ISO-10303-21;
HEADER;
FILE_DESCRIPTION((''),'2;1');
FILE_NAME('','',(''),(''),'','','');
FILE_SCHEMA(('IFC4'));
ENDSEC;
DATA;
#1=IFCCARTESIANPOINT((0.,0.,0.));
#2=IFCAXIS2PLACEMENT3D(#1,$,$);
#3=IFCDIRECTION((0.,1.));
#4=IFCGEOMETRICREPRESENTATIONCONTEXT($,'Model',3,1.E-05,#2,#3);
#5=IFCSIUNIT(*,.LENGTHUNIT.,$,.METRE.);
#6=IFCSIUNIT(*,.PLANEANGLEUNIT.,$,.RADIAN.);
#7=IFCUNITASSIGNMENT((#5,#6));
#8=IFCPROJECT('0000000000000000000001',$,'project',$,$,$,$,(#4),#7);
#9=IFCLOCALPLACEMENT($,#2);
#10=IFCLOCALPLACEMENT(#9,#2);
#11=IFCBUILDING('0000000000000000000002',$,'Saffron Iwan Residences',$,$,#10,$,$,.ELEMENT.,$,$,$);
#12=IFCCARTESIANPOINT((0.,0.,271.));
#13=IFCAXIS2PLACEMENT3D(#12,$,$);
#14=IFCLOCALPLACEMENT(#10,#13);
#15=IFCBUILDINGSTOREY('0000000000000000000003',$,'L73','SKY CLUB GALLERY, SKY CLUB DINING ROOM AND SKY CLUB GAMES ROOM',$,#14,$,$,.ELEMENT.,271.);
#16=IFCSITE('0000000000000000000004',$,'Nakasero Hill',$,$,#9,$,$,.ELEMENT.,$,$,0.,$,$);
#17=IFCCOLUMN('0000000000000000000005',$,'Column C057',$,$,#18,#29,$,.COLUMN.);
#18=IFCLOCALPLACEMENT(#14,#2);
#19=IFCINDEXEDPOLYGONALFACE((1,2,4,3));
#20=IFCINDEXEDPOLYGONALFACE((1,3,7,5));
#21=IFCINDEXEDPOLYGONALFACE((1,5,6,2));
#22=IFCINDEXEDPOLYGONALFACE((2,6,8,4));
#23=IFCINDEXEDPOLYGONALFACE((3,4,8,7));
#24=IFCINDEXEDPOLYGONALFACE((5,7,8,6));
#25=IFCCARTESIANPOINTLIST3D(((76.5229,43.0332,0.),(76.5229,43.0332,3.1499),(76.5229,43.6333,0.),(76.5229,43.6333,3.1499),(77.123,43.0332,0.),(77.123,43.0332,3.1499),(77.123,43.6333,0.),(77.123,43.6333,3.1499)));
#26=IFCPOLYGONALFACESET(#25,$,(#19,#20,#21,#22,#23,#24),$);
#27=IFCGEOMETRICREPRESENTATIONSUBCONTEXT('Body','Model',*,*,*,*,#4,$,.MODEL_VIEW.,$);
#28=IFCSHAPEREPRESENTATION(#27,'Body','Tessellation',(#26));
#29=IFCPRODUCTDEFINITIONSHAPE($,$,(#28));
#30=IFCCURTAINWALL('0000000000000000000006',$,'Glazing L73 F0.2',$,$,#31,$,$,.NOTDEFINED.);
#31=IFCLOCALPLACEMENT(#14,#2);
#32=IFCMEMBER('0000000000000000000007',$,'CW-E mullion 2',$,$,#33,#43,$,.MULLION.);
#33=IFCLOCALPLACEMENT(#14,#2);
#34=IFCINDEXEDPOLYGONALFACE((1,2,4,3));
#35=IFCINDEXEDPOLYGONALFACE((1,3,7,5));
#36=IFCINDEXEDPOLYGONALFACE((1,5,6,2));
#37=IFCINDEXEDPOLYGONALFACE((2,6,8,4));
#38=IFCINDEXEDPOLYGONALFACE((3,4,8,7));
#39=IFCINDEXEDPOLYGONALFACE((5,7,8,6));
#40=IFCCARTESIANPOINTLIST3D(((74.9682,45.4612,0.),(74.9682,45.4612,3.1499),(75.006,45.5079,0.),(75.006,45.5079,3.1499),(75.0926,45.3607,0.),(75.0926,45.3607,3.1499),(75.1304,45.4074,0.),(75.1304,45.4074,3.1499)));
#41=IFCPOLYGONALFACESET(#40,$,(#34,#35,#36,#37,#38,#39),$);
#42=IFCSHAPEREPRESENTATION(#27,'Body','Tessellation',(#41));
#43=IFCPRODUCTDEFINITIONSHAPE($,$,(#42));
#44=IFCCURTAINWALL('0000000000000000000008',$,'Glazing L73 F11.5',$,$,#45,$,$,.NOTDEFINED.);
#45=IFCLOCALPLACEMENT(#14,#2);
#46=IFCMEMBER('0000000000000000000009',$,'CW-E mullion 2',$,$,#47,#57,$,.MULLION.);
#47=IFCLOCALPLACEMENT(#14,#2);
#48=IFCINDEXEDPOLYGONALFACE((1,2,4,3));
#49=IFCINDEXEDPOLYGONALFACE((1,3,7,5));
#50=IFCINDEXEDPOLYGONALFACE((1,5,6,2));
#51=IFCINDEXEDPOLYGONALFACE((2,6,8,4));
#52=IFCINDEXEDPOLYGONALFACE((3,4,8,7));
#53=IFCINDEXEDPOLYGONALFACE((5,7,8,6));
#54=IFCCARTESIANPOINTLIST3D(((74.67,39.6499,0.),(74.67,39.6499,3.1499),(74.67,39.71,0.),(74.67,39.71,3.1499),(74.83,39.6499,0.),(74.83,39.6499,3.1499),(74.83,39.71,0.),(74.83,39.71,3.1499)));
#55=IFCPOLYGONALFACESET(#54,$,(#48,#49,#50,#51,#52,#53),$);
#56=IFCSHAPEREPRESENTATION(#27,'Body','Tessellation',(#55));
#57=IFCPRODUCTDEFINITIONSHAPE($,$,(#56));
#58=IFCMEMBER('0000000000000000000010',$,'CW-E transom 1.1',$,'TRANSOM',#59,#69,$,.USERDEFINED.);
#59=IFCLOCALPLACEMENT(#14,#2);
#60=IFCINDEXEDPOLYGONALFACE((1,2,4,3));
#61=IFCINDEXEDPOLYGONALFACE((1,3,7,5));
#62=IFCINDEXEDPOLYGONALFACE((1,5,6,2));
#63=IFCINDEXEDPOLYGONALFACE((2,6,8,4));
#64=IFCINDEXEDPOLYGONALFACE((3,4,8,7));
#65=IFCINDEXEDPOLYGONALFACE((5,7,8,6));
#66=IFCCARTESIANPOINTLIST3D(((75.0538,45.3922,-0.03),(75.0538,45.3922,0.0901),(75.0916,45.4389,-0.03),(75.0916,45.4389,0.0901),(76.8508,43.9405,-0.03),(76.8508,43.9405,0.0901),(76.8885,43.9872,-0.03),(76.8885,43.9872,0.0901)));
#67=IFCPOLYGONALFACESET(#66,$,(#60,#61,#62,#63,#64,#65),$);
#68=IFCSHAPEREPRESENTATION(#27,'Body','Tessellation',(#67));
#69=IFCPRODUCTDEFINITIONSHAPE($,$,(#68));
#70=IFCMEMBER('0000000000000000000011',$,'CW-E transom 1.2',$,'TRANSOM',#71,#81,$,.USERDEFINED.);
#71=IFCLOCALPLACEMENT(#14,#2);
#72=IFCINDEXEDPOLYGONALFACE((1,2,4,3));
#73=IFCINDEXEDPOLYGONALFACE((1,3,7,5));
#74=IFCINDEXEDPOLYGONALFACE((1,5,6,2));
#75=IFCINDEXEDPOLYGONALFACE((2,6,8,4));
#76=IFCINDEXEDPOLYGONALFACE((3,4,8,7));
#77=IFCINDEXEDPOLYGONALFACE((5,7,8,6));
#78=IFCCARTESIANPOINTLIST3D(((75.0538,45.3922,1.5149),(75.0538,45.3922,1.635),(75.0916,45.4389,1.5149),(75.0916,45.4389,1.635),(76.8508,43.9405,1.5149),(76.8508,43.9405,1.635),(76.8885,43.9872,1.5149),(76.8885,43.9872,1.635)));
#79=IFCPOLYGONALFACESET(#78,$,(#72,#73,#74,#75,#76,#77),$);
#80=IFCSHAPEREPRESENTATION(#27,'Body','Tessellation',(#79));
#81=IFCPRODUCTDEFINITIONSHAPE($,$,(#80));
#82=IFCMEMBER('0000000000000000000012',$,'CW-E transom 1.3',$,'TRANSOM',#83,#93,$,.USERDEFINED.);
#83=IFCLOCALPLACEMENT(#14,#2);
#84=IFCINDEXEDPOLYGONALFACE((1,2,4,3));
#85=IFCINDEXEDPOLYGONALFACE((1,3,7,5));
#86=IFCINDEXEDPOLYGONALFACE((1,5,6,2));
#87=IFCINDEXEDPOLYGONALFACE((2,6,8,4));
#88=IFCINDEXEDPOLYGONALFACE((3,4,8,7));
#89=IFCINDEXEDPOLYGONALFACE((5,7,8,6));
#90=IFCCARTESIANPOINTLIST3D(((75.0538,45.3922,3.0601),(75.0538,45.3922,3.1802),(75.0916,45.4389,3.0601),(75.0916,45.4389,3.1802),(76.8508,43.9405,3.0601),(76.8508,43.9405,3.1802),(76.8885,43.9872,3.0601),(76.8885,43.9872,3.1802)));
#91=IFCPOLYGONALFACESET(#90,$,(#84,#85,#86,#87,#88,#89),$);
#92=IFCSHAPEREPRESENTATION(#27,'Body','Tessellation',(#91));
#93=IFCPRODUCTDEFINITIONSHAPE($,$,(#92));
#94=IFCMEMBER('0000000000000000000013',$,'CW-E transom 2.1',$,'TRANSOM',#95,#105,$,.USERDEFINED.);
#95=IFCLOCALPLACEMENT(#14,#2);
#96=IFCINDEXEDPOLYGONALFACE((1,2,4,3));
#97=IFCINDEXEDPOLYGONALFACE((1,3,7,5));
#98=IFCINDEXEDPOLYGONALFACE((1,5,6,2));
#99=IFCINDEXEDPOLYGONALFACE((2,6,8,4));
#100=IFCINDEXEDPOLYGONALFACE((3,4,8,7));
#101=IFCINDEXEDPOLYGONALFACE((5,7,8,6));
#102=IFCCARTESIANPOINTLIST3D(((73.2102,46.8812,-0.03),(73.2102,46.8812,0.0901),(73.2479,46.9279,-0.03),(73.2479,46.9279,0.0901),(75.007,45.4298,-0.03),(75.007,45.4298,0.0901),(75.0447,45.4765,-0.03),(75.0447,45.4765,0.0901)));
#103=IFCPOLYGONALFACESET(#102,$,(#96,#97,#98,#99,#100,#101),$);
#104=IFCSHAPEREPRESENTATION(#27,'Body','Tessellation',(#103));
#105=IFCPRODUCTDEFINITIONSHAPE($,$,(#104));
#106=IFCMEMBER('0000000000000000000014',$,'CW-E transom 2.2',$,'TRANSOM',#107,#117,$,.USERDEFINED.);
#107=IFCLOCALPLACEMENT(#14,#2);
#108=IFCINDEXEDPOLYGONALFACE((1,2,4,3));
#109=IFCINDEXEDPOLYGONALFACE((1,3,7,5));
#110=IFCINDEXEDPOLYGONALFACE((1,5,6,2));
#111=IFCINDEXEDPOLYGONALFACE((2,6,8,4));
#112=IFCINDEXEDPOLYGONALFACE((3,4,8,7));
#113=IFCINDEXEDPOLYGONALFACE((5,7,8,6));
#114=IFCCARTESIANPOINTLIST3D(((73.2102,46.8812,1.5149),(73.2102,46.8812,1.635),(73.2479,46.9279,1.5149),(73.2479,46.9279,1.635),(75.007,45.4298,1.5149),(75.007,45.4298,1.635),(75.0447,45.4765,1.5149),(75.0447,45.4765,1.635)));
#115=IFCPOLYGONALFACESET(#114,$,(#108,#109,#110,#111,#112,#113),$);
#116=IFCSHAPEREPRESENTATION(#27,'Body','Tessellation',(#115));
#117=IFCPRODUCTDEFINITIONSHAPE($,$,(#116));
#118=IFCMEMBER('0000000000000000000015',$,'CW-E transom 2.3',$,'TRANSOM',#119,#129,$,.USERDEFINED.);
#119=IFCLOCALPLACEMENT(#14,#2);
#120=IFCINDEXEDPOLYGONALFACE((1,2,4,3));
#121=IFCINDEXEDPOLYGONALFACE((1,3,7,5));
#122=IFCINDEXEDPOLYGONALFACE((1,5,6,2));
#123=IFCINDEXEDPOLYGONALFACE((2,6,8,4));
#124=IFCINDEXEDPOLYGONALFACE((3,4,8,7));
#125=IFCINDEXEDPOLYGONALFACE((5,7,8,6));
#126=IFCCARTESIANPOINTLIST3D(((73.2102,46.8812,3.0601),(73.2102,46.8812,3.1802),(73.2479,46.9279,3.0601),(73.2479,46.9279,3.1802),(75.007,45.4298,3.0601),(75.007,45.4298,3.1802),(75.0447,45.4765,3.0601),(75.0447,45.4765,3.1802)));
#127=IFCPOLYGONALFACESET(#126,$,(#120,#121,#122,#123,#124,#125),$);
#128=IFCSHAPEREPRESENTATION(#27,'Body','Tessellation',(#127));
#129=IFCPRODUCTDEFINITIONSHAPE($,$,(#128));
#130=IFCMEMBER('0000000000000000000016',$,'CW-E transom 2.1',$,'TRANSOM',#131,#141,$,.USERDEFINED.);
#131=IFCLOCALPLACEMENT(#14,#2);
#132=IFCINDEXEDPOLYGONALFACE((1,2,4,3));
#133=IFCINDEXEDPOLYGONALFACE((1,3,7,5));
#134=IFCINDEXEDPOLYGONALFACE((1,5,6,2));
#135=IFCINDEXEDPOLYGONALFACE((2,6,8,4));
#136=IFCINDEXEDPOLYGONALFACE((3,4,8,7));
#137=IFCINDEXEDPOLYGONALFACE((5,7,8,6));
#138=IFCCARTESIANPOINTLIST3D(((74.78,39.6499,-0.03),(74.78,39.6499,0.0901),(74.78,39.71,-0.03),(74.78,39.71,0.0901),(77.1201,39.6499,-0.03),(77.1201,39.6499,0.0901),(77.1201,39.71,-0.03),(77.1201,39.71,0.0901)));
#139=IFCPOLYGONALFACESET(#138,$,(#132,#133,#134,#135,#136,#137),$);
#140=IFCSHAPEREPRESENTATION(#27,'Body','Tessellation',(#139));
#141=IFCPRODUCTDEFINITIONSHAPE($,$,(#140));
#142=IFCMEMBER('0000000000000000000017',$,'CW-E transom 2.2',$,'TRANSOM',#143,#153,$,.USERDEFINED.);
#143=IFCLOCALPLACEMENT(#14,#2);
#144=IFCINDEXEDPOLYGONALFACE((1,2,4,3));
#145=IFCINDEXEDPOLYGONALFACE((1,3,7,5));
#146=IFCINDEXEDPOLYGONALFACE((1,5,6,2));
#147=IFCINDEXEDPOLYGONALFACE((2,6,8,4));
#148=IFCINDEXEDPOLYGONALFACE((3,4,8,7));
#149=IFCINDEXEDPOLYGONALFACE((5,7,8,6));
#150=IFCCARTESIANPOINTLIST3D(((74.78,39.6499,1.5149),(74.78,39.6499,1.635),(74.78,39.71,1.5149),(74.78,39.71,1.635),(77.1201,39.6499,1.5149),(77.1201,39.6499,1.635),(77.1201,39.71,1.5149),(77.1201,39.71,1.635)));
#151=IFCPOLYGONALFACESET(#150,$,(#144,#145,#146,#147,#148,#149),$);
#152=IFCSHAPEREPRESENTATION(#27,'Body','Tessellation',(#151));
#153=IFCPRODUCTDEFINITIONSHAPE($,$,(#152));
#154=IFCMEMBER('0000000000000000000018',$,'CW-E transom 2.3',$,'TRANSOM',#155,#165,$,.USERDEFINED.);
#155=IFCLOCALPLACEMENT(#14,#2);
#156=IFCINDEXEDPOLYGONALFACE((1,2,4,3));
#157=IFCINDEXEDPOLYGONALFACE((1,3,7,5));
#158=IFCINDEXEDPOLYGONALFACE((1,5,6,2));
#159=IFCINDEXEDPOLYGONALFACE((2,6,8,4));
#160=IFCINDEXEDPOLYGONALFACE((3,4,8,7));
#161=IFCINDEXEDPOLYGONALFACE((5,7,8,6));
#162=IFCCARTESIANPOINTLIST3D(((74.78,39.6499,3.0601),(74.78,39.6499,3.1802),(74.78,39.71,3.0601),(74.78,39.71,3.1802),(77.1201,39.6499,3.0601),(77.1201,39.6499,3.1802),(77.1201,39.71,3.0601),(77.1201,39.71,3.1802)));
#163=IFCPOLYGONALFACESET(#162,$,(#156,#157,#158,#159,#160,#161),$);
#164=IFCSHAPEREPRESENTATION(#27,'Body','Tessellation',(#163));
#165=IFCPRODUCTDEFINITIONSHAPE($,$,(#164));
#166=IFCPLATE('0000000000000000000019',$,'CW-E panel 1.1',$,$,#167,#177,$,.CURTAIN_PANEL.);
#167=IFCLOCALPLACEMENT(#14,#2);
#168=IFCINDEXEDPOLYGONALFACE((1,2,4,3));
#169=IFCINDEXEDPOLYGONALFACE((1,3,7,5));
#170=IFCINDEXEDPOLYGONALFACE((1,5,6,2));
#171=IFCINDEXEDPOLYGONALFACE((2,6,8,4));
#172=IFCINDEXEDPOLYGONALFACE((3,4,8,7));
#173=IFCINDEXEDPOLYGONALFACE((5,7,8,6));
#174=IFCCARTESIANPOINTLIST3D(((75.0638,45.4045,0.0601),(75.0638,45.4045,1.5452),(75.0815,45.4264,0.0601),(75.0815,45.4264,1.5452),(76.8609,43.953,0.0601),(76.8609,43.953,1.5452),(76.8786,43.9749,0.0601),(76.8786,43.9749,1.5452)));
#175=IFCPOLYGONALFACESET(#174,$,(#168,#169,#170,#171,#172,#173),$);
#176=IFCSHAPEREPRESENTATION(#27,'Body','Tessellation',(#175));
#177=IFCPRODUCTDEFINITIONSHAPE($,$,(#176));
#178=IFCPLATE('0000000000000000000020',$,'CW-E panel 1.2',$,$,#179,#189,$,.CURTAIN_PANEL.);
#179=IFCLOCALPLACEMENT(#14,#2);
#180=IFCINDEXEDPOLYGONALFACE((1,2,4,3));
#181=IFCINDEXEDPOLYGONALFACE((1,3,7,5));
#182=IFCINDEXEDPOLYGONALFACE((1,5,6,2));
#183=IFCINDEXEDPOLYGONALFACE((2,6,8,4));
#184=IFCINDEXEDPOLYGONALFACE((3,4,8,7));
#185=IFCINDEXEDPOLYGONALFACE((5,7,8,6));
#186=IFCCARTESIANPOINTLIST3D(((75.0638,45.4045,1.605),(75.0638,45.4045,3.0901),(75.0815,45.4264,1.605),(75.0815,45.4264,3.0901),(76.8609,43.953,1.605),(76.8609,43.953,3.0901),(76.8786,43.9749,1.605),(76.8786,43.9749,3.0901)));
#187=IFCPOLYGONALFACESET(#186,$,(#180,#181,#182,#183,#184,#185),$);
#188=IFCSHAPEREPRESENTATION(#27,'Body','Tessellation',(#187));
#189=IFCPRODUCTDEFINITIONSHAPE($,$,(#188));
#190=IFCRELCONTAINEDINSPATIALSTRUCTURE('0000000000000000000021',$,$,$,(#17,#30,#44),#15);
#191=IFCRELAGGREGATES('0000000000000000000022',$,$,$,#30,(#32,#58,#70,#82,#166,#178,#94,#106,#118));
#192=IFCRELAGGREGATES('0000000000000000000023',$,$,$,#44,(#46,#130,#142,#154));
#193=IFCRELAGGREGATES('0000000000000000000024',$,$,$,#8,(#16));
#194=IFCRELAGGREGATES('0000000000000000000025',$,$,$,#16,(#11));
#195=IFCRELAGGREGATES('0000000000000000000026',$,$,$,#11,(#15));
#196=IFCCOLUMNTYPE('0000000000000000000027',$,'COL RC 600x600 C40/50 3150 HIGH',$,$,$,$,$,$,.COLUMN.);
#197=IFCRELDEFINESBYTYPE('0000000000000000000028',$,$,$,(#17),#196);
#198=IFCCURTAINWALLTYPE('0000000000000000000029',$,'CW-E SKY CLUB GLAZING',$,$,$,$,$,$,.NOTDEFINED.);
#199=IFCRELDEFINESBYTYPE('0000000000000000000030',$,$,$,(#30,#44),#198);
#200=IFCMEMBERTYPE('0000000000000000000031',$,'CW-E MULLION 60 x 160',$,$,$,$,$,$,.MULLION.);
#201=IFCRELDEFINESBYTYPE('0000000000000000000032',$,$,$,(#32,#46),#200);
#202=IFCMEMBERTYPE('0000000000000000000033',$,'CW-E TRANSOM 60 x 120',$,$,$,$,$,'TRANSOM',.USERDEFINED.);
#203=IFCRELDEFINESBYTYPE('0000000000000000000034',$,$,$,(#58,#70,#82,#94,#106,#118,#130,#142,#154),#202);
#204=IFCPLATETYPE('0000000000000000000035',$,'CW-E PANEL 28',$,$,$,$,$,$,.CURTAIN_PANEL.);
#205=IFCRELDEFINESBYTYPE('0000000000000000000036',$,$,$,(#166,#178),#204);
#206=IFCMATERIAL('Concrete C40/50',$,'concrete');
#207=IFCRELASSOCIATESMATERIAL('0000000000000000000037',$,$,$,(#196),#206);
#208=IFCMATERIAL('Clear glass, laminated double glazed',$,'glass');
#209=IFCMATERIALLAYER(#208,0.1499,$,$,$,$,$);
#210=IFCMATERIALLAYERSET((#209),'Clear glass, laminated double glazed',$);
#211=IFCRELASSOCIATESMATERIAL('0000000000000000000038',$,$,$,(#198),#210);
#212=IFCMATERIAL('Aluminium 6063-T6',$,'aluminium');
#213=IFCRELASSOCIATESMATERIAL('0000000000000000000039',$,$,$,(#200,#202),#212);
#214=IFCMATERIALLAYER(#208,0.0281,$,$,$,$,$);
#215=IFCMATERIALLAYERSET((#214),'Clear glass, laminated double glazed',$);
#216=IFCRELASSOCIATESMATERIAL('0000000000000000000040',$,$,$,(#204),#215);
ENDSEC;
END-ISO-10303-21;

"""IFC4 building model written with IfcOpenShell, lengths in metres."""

from ifc_helpers import new_model, si_unit, direction, frame, origin, origin_2d, place, context, subcontext, project, spatial, rectangle, extrude, source, transform, mapped, material, layer, layer_set, material_profile, profile_set, type_object, element, aggregate, save


model = new_model("IFC4")

# Units and contexts
model_context = context("Model", 3, precision=1e-05, world=origin(), true_north=direction((0.0, 1.0)))
body_context = subcontext(model_context, "Body", "Model", "MODEL_VIEW")
ifc_project = project(units=[si_unit("LENGTHUNIT", "METRE"), si_unit("PLANEANGLEUNIT", "RADIAN")], contexts=[model_context])

# Site, building, storey
site_placement = place(None, origin())
site = spatial("IfcSite", under=ifc_project, at=site_placement, Name="Nakasero Hill", CompositionType="ELEMENT", RefElevation=0.0)
building_placement = place(site_placement, origin())
building = spatial("IfcBuilding", under=site, at=building_placement, Name="Saffron Iwan Residences", CompositionType="ELEMENT")
storey_placement = place(building_placement, frame((0.0, 0.0, 271.0)))
storey = spatial("IfcBuildingStorey", under=building, at=storey_placement, Name="L73", Description="SKY CLUB GALLERY, SKY CLUB DINING ROOM AND SKY CLUB GAMES ROOM", CompositionType="ELEMENT", Elevation=271.0)

# Column
ifc_material_1 = material(Name="Concrete C40/50", Category="concrete")
ifc_material_profile_1 = material_profile(ifc_material_1, rectangle(XDim=0.6001, YDim=0.6001, at=origin_2d()), Name="RC 600x600")
ifc_profile_set_1 = profile_set([ifc_material_profile_1], Name="Concrete C40/50")
column_type = type_object("IfcColumnType", Name="COL RC 600x600 C40/50 3150 HIGH", PredefinedType="COLUMN", material=ifc_profile_set_1)
shared_shape_1 = source(origin(), body_context, "Body", "SweptSolid", [
    extrude(rectangle(XDim=0.6001, YDim=0.6001, at=origin_2d()), origin(), (0.0, 0.0, 1.0), 3.1499),
])
column_placement = place(storey_placement, frame((76.823, 43.3333, 0.0), z_axis=(0.0, 0.0, 1.0), x_axis=(1.0, 0.0, 0.0)))
element("IfcColumn", 1, at=column_placement, inside=storey, type_object=column_type, Name="Column C057", PredefinedType="COLUMN", context=body_context, shape_type="MappedRepresentation", body=[
    mapped(shared_shape_1, transform((0.0, 0.0, 0.0))),
])

# Curtain walls, members
ifc_material_2 = material(Name="Clear glass, laminated double glazed", Category="glass")
ifc_layer_1 = layer(ifc_material_2, 0.1499)
ifc_layer_set_1 = layer_set([ifc_layer_1], Name="Clear glass, laminated double glazed")
curtain_wall_type = type_object("IfcCurtainWallType", Name="CW-E SKY CLUB GLAZING", PredefinedType="NOTDEFINED", material=ifc_layer_set_1)
curtain_wall_1_placement = place(storey_placement, origin())
curtain_wall_1 = element("IfcCurtainWall", 2, at=curtain_wall_1_placement, inside=storey, type_object=curtain_wall_type, Name="Glazing L73 F0.2", PredefinedType="NOTDEFINED")
ifc_material_3 = material(Name="Aluminium 6063-T6", Category="aluminium")
ifc_material_profile_2 = material_profile(ifc_material_3, rectangle(XDim=0.0601, YDim=0.1599, at=origin_2d()), Name="CW-E MULLION 60 x 160")
ifc_profile_set_2 = profile_set([ifc_material_profile_2], Name="Aluminium 6063-T6")
member_type_1 = type_object("IfcMemberType", Name="CW-E MULLION 60 x 160", PredefinedType="MULLION", material=ifc_profile_set_2)
shared_shape_2 = source(origin(), body_context, "Body", "SweptSolid", [
    extrude(rectangle(XDim=0.0601, YDim=0.1599, at=origin_2d()), origin(), (0.0, 0.0, 1.0), 3.1499),
])
member_1_placement = place(storey_placement, frame((75.0493, 45.4343, 0.0), z_axis=(0.0, 0.0, 1.0), x_axis=(-0.628337, -0.777941, 0.0)))
member_1 = element("IfcMember", 3, at=member_1_placement, type_object=member_type_1, Name="CW-E mullion 2", PredefinedType="MULLION", context=body_context, shape_type="MappedRepresentation", body=[
    mapped(shared_shape_2, transform((0.0, 0.0, 0.0))),
])
curtain_wall_2_placement = place(storey_placement, origin())
curtain_wall_2 = element("IfcCurtainWall", 4, at=curtain_wall_2_placement, inside=storey, type_object=curtain_wall_type, Name="Glazing L73 F11.5", PredefinedType="NOTDEFINED")
member_2_placement = place(storey_placement, frame((74.75, 39.6799, 0.0), z_axis=(0.0, 0.0, 1.0), x_axis=(0.0, 1.0, 0.0)))
member_2 = element("IfcMember", 5, at=member_2_placement, type_object=member_type_1, Name="CW-E mullion 2", PredefinedType="MULLION", context=body_context, shape_type="MappedRepresentation", body=[
    mapped(shared_shape_2, transform((0.0, 0.0, 0.0))),
])

# Members
ifc_material_profile_3 = material_profile(ifc_material_3, rectangle(XDim=0.0601, YDim=0.1201, at=origin_2d()), Name="CW-E TRANSOM 60 x 120")
ifc_profile_set_3 = profile_set([ifc_material_profile_3], Name="Aluminium 6063-T6")
member_type_2 = type_object("IfcMemberType", Name="CW-E TRANSOM 60 x 120", ElementType="TRANSOM", PredefinedType="USERDEFINED", material=ifc_profile_set_3)
shared_shape_3 = source(origin(), body_context, "Body", "SweptSolid", [
    extrude(rectangle(XDim=0.0601, YDim=0.1201, at=origin_2d()), origin(), (0.0, 0.0, 1.0), 2.3101),
])
member_3_placement = place(storey_placement, frame((76.8696, 43.9639, 0.03), z_axis=(-0.77787, 0.628426, 0.0), x_axis=(-0.628426, -0.77787, 0.0)))
member_3 = element("IfcMember", 6, at=member_3_placement, type_object=member_type_2, Name="CW-E transom 1.1", ObjectType="TRANSOM", PredefinedType="USERDEFINED", context=body_context, shape_type="MappedRepresentation", body=[
    mapped(shared_shape_3, transform((0.0, 0.0, 0.0))),
])
member_4_placement = place(storey_placement, frame((76.8696, 43.9639, 1.575), z_axis=(-0.77787, 0.628426, 0.0), x_axis=(-0.628426, -0.77787, 0.0)))
member_4 = element("IfcMember", 7, at=member_4_placement, type_object=member_type_2, Name="CW-E transom 1.2", ObjectType="TRANSOM", PredefinedType="USERDEFINED", context=body_context, shape_type="MappedRepresentation", body=[
    mapped(shared_shape_3, transform((0.0, 0.0, 0.0))),
])
member_5_placement = place(storey_placement, frame((76.8696, 43.9639, 3.1201), z_axis=(-0.77787, 0.628426, 0.0), x_axis=(-0.628426, -0.77787, 0.0)))
member_5 = element("IfcMember", 8, at=member_5_placement, type_object=member_type_2, Name="CW-E transom 1.3", ObjectType="TRANSOM", PredefinedType="USERDEFINED", context=body_context, shape_type="MappedRepresentation", body=[
    mapped(shared_shape_3, transform((0.0, 0.0, 0.0))),
])
shared_shape_4 = source(origin(), body_context, "Body", "SweptSolid", [
    extrude(rectangle(XDim=0.0601, YDim=0.1201, at=origin_2d()), origin(), (0.0, 0.0, 1.0), 2.3098),
])
member_6_placement = place(storey_placement, frame((75.0259, 45.4531, 0.03), z_axis=(-0.777921, 0.628362, 0.0), x_axis=(-0.628362, -0.777921, 0.0)))
member_6 = element("IfcMember", 9, at=member_6_placement, type_object=member_type_2, Name="CW-E transom 2.1", ObjectType="TRANSOM", PredefinedType="USERDEFINED", context=body_context, shape_type="MappedRepresentation", body=[
    mapped(shared_shape_4, transform((0.0, 0.0, 0.0))),
])
member_7_placement = place(storey_placement, frame((75.0259, 45.4531, 1.575), z_axis=(-0.777921, 0.628362, 0.0), x_axis=(-0.628362, -0.777921, 0.0)))
member_7 = element("IfcMember", 10, at=member_7_placement, type_object=member_type_2, Name="CW-E transom 2.2", ObjectType="TRANSOM", PredefinedType="USERDEFINED", context=body_context, shape_type="MappedRepresentation", body=[
    mapped(shared_shape_4, transform((0.0, 0.0, 0.0))),
])
member_8_placement = place(storey_placement, frame((75.0259, 45.4531, 3.1201), z_axis=(-0.777921, 0.628362, 0.0), x_axis=(-0.628362, -0.777921, 0.0)))
member_8 = element("IfcMember", 11, at=member_8_placement, type_object=member_type_2, Name="CW-E transom 2.3", ObjectType="TRANSOM", PredefinedType="USERDEFINED", context=body_context, shape_type="MappedRepresentation", body=[
    mapped(shared_shape_4, transform((0.0, 0.0, 0.0))),
])
shared_shape_5 = source(origin(), body_context, "Body", "SweptSolid", [
    extrude(rectangle(XDim=0.0601, YDim=0.1201, at=origin_2d()), origin(), (0.0, 0.0, 1.0), 2.3401),
])
member_9_placement = place(storey_placement, frame((74.78, 39.6799, 0.03), z_axis=(1.0, 0.0, 0.0), x_axis=(0.0, 1.0, 0.0)))
member_9 = element("IfcMember", 12, at=member_9_placement, type_object=member_type_2, Name="CW-E transom 2.1", ObjectType="TRANSOM", PredefinedType="USERDEFINED", context=body_context, shape_type="MappedRepresentation", body=[
    mapped(shared_shape_5, transform((0.0, 0.0, 0.0))),
])
member_10_placement = place(storey_placement, frame((74.78, 39.6799, 1.575), z_axis=(1.0, 0.0, 0.0), x_axis=(0.0, 1.0, 0.0)))
member_10 = element("IfcMember", 13, at=member_10_placement, type_object=member_type_2, Name="CW-E transom 2.2", ObjectType="TRANSOM", PredefinedType="USERDEFINED", context=body_context, shape_type="MappedRepresentation", body=[
    mapped(shared_shape_5, transform((0.0, 0.0, 0.0))),
])
member_11_placement = place(storey_placement, frame((74.78, 39.6799, 3.1201), z_axis=(1.0, 0.0, 0.0), x_axis=(0.0, 1.0, 0.0)))
member_11 = element("IfcMember", 14, at=member_11_placement, type_object=member_type_2, Name="CW-E transom 2.3", ObjectType="TRANSOM", PredefinedType="USERDEFINED", context=body_context, shape_type="MappedRepresentation", body=[
    mapped(shared_shape_5, transform((0.0, 0.0, 0.0))),
])

# Plates
ifc_layer_2 = layer(ifc_material_2, 0.0281)
ifc_layer_set_2 = layer_set([ifc_layer_2], Name="Clear glass, laminated double glazed")
plate_type = type_object("IfcPlateType", Name="CW-E PANEL 28", PredefinedType="CURTAIN_PANEL", material=ifc_layer_set_2)
shared_shape_6 = source(origin(), body_context, "Body", "SweptSolid", [
    extrude(rectangle(XDim=2.3101, YDim=0.0281, at=origin_2d()), origin(), (0.0, 0.0, 1.0), 1.4851),
])
plate_1_placement = place(storey_placement, frame((75.9712, 44.6897, 0.0601), z_axis=(0.0, 0.0, 1.0), x_axis=(-0.777941, 0.628337, 0.0)))
plate_1 = element("IfcPlate", 15, at=plate_1_placement, type_object=plate_type, Name="CW-E panel 1.1", PredefinedType="CURTAIN_PANEL", context=body_context, shape_type="MappedRepresentation", body=[
    mapped(shared_shape_6, transform((0.0, 0.0, 0.0))),
])
plate_2_placement = place(storey_placement, frame((75.9712, 44.6897, 1.605), z_axis=(0.0, 0.0, 1.0), x_axis=(-0.777941, 0.628337, 0.0)))
plate_2 = element("IfcPlate", 16, at=plate_2_placement, type_object=plate_type, Name="CW-E panel 1.2", PredefinedType="CURTAIN_PANEL", context=body_context, shape_type="MappedRepresentation", body=[
    mapped(shared_shape_6, transform((0.0, 0.0, 0.0))),
])
aggregate(curtain_wall_1, [member_1, member_3, member_4, member_5, plate_1, plate_2, member_6, member_7, member_8])
aggregate(curtain_wall_2, [member_2, member_9, member_10, member_11])

save(model, "model.ifc")
